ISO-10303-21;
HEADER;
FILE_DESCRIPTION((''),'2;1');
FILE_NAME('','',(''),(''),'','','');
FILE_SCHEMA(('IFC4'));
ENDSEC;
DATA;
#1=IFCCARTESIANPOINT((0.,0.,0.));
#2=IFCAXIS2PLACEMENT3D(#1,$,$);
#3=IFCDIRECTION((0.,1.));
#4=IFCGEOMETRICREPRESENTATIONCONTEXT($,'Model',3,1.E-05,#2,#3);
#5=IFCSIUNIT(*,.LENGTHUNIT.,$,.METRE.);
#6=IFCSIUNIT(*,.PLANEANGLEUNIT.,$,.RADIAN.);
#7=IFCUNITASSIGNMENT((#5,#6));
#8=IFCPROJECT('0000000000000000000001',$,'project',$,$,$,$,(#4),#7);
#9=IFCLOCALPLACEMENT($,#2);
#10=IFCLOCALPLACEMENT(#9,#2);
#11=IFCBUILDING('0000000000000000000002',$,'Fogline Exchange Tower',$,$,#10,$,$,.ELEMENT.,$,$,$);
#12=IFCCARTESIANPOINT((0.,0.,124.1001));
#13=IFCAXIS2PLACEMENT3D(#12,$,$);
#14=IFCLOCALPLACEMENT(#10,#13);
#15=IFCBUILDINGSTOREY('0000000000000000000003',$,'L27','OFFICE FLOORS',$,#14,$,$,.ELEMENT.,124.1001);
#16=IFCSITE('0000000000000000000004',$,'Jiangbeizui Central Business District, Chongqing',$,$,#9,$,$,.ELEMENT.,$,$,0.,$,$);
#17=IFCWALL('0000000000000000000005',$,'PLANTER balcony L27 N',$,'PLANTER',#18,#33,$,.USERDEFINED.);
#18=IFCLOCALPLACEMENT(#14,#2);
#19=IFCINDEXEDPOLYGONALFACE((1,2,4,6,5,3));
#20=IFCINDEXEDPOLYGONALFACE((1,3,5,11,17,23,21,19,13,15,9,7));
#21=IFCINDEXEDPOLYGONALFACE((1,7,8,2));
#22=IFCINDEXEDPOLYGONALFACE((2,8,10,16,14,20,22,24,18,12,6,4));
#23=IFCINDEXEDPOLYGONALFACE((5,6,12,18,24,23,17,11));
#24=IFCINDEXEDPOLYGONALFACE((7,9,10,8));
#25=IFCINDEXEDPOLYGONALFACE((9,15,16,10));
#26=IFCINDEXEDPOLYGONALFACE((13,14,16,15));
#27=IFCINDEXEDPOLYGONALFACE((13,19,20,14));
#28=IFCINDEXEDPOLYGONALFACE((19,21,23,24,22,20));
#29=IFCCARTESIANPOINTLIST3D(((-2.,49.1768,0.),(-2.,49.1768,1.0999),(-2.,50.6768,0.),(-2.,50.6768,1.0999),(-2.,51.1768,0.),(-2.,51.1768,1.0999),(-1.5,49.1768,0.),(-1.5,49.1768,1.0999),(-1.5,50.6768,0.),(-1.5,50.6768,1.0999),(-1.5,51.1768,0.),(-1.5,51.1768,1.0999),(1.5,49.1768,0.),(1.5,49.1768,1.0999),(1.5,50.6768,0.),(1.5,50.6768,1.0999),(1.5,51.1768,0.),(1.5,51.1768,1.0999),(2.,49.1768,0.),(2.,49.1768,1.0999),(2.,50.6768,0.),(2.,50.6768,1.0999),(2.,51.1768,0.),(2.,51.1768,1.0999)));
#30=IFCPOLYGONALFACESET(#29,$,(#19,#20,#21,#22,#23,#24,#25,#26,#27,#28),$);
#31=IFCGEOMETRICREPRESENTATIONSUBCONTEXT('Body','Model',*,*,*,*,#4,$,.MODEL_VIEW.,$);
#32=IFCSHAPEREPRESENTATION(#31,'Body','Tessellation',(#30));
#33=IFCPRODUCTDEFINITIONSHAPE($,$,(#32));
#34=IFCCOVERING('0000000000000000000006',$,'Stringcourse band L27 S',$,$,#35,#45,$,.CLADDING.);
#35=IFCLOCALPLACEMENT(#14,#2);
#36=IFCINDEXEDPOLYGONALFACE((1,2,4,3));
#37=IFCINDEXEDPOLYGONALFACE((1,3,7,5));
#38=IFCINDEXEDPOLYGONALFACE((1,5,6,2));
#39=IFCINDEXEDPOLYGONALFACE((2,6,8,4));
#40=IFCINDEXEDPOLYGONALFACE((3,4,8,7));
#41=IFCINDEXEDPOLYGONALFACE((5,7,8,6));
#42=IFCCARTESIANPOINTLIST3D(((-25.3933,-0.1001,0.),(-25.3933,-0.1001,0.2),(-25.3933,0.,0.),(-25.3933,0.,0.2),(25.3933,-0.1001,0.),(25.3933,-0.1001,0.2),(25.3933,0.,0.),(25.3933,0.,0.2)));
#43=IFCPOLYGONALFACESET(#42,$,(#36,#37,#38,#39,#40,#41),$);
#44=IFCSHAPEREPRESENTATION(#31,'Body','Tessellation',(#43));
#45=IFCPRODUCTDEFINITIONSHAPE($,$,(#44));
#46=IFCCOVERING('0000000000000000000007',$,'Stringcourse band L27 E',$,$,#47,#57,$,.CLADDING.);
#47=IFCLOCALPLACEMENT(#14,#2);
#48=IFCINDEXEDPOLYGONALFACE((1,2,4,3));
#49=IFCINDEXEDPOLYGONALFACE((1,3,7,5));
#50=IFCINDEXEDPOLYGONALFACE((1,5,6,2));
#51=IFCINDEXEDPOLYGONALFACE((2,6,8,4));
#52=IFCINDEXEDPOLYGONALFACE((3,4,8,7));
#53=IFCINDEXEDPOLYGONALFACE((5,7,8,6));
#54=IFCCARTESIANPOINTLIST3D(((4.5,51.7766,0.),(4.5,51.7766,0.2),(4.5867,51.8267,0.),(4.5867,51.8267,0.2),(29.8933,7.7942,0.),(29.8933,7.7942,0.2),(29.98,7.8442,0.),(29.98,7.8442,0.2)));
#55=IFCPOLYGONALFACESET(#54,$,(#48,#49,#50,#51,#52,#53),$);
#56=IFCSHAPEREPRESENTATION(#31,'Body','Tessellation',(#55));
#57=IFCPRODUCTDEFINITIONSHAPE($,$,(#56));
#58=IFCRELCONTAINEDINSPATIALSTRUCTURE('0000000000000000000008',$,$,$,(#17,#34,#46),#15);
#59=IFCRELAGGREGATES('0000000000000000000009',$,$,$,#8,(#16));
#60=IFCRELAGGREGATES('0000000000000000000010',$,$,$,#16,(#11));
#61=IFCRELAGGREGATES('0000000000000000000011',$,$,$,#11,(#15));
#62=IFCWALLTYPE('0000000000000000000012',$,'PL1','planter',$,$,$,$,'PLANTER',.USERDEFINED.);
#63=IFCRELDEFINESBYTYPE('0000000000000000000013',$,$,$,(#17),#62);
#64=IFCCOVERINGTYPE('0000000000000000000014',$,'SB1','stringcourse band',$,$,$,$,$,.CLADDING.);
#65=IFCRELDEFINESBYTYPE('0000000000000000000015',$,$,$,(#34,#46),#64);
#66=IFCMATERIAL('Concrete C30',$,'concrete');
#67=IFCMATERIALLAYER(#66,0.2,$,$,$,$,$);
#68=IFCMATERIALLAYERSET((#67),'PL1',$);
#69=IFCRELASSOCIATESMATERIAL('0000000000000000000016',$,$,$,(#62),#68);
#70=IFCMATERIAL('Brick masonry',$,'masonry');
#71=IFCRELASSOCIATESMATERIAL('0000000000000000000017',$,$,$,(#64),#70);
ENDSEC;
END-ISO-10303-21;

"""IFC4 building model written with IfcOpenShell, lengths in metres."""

from ifc_helpers import new_model, si_unit, direction, frame, origin, place, context, subcontext, project, spatial, polyline, outline, extrude, material, layer, layer_set, type_object, element, save


model = new_model("IFC4")

# Units and contexts
model_context = context("Model", 3, precision=1e-05, world=origin(), true_north=direction((0.0, 1.0)))
body_context = subcontext(model_context, "Body", "Model", "MODEL_VIEW")
ifc_project = project(units=[si_unit("LENGTHUNIT", "METRE"), si_unit("PLANEANGLEUNIT", "RADIAN")], contexts=[model_context])

# Site, building, storey
site_placement = place(None, origin())
site = spatial("IfcSite", under=ifc_project, at=site_placement, Name="Jiangbeizui Central Business District, Chongqing", CompositionType="ELEMENT", RefElevation=0.0)
building_placement = place(site_placement, origin())
building = spatial("IfcBuilding", under=site, at=building_placement, Name="Fogline Exchange Tower", CompositionType="ELEMENT")
storey_placement = place(building_placement, frame((0.0, 0.0, 124.1001)))
storey = spatial("IfcBuildingStorey", under=building, at=storey_placement, Name="L27", Description="OFFICE FLOORS", CompositionType="ELEMENT", Elevation=124.1001)

# Wall
ifc_material_1 = material(Name="Brick masonry", Category="masonry")
ifc_material_2 = material(Name="Concrete C30", Category="concrete")
ifc_layer_1 = layer(ifc_material_2, 0.2)
ifc_layer_set_1 = layer_set([ifc_layer_1], Name="PL1")
wall_type_1 = type_object("IfcWallType", Name="PL1", Description="planter", ElementType="PLANTER", PredefinedType="USERDEFINED", material=ifc_layer_set_1)
wall_1_placement = place(storey_placement, origin())
element("IfcWall", 1, at=wall_1_placement, inside=storey, type_object=wall_type_1, Name="PLANTER balcony L27 N", ObjectType="PLANTER", PredefinedType="USERDEFINED", context=body_context, shape_type="SweptSolid", body=[
    extrude(outline(polyline([(-1.5, 51.1768), (-2.0, 51.1768), (-2.0, 50.6768), (-2.0, 49.1768), (-1.5, 49.1768), (-1.5, 50.6768), (1.5, 50.6768), (1.5, 49.1768), (2.0, 49.1768), (2.0, 50.6768), (2.0, 51.1768), (1.5, 51.1768), (-1.5, 51.1768)])), origin(), (0.0, 0.0, 1.0), 1.0999),
])

# Coverings
covering_type = type_object("IfcCoveringType", Name="SB1", Description="stringcourse band", PredefinedType="CLADDING", material=ifc_material_1)
covering_1_placement = place(storey_placement, origin())
element("IfcCovering", 2, at=covering_1_placement, inside=storey, type_object=covering_type, Name="Stringcourse band L27 S", PredefinedType="CLADDING", context=body_context, shape_type="SweptSolid", body=[
    extrude(outline(polyline([(-25.3933, 0.0), (-25.3933, -0.1001), (25.3933, -0.1001), (25.3933, 0.0), (-25.3933, 0.0)])), origin(), (0.0, 0.0, 1.0), 0.2),
])
covering_2_placement = place(storey_placement, origin())
element("IfcCovering", 3, at=covering_2_placement, inside=storey, type_object=covering_type, Name="Stringcourse band L27 E", PredefinedType="CLADDING", context=body_context, shape_type="SweptSolid", body=[
    extrude(outline(polyline([(29.8933, 7.7942), (29.98, 7.8442), (4.5867, 51.8267), (4.5, 51.7766), (29.8933, 7.7942)])), origin(), (0.0, 0.0, 1.0), 0.2),
])

save(model, "model.ifc")
